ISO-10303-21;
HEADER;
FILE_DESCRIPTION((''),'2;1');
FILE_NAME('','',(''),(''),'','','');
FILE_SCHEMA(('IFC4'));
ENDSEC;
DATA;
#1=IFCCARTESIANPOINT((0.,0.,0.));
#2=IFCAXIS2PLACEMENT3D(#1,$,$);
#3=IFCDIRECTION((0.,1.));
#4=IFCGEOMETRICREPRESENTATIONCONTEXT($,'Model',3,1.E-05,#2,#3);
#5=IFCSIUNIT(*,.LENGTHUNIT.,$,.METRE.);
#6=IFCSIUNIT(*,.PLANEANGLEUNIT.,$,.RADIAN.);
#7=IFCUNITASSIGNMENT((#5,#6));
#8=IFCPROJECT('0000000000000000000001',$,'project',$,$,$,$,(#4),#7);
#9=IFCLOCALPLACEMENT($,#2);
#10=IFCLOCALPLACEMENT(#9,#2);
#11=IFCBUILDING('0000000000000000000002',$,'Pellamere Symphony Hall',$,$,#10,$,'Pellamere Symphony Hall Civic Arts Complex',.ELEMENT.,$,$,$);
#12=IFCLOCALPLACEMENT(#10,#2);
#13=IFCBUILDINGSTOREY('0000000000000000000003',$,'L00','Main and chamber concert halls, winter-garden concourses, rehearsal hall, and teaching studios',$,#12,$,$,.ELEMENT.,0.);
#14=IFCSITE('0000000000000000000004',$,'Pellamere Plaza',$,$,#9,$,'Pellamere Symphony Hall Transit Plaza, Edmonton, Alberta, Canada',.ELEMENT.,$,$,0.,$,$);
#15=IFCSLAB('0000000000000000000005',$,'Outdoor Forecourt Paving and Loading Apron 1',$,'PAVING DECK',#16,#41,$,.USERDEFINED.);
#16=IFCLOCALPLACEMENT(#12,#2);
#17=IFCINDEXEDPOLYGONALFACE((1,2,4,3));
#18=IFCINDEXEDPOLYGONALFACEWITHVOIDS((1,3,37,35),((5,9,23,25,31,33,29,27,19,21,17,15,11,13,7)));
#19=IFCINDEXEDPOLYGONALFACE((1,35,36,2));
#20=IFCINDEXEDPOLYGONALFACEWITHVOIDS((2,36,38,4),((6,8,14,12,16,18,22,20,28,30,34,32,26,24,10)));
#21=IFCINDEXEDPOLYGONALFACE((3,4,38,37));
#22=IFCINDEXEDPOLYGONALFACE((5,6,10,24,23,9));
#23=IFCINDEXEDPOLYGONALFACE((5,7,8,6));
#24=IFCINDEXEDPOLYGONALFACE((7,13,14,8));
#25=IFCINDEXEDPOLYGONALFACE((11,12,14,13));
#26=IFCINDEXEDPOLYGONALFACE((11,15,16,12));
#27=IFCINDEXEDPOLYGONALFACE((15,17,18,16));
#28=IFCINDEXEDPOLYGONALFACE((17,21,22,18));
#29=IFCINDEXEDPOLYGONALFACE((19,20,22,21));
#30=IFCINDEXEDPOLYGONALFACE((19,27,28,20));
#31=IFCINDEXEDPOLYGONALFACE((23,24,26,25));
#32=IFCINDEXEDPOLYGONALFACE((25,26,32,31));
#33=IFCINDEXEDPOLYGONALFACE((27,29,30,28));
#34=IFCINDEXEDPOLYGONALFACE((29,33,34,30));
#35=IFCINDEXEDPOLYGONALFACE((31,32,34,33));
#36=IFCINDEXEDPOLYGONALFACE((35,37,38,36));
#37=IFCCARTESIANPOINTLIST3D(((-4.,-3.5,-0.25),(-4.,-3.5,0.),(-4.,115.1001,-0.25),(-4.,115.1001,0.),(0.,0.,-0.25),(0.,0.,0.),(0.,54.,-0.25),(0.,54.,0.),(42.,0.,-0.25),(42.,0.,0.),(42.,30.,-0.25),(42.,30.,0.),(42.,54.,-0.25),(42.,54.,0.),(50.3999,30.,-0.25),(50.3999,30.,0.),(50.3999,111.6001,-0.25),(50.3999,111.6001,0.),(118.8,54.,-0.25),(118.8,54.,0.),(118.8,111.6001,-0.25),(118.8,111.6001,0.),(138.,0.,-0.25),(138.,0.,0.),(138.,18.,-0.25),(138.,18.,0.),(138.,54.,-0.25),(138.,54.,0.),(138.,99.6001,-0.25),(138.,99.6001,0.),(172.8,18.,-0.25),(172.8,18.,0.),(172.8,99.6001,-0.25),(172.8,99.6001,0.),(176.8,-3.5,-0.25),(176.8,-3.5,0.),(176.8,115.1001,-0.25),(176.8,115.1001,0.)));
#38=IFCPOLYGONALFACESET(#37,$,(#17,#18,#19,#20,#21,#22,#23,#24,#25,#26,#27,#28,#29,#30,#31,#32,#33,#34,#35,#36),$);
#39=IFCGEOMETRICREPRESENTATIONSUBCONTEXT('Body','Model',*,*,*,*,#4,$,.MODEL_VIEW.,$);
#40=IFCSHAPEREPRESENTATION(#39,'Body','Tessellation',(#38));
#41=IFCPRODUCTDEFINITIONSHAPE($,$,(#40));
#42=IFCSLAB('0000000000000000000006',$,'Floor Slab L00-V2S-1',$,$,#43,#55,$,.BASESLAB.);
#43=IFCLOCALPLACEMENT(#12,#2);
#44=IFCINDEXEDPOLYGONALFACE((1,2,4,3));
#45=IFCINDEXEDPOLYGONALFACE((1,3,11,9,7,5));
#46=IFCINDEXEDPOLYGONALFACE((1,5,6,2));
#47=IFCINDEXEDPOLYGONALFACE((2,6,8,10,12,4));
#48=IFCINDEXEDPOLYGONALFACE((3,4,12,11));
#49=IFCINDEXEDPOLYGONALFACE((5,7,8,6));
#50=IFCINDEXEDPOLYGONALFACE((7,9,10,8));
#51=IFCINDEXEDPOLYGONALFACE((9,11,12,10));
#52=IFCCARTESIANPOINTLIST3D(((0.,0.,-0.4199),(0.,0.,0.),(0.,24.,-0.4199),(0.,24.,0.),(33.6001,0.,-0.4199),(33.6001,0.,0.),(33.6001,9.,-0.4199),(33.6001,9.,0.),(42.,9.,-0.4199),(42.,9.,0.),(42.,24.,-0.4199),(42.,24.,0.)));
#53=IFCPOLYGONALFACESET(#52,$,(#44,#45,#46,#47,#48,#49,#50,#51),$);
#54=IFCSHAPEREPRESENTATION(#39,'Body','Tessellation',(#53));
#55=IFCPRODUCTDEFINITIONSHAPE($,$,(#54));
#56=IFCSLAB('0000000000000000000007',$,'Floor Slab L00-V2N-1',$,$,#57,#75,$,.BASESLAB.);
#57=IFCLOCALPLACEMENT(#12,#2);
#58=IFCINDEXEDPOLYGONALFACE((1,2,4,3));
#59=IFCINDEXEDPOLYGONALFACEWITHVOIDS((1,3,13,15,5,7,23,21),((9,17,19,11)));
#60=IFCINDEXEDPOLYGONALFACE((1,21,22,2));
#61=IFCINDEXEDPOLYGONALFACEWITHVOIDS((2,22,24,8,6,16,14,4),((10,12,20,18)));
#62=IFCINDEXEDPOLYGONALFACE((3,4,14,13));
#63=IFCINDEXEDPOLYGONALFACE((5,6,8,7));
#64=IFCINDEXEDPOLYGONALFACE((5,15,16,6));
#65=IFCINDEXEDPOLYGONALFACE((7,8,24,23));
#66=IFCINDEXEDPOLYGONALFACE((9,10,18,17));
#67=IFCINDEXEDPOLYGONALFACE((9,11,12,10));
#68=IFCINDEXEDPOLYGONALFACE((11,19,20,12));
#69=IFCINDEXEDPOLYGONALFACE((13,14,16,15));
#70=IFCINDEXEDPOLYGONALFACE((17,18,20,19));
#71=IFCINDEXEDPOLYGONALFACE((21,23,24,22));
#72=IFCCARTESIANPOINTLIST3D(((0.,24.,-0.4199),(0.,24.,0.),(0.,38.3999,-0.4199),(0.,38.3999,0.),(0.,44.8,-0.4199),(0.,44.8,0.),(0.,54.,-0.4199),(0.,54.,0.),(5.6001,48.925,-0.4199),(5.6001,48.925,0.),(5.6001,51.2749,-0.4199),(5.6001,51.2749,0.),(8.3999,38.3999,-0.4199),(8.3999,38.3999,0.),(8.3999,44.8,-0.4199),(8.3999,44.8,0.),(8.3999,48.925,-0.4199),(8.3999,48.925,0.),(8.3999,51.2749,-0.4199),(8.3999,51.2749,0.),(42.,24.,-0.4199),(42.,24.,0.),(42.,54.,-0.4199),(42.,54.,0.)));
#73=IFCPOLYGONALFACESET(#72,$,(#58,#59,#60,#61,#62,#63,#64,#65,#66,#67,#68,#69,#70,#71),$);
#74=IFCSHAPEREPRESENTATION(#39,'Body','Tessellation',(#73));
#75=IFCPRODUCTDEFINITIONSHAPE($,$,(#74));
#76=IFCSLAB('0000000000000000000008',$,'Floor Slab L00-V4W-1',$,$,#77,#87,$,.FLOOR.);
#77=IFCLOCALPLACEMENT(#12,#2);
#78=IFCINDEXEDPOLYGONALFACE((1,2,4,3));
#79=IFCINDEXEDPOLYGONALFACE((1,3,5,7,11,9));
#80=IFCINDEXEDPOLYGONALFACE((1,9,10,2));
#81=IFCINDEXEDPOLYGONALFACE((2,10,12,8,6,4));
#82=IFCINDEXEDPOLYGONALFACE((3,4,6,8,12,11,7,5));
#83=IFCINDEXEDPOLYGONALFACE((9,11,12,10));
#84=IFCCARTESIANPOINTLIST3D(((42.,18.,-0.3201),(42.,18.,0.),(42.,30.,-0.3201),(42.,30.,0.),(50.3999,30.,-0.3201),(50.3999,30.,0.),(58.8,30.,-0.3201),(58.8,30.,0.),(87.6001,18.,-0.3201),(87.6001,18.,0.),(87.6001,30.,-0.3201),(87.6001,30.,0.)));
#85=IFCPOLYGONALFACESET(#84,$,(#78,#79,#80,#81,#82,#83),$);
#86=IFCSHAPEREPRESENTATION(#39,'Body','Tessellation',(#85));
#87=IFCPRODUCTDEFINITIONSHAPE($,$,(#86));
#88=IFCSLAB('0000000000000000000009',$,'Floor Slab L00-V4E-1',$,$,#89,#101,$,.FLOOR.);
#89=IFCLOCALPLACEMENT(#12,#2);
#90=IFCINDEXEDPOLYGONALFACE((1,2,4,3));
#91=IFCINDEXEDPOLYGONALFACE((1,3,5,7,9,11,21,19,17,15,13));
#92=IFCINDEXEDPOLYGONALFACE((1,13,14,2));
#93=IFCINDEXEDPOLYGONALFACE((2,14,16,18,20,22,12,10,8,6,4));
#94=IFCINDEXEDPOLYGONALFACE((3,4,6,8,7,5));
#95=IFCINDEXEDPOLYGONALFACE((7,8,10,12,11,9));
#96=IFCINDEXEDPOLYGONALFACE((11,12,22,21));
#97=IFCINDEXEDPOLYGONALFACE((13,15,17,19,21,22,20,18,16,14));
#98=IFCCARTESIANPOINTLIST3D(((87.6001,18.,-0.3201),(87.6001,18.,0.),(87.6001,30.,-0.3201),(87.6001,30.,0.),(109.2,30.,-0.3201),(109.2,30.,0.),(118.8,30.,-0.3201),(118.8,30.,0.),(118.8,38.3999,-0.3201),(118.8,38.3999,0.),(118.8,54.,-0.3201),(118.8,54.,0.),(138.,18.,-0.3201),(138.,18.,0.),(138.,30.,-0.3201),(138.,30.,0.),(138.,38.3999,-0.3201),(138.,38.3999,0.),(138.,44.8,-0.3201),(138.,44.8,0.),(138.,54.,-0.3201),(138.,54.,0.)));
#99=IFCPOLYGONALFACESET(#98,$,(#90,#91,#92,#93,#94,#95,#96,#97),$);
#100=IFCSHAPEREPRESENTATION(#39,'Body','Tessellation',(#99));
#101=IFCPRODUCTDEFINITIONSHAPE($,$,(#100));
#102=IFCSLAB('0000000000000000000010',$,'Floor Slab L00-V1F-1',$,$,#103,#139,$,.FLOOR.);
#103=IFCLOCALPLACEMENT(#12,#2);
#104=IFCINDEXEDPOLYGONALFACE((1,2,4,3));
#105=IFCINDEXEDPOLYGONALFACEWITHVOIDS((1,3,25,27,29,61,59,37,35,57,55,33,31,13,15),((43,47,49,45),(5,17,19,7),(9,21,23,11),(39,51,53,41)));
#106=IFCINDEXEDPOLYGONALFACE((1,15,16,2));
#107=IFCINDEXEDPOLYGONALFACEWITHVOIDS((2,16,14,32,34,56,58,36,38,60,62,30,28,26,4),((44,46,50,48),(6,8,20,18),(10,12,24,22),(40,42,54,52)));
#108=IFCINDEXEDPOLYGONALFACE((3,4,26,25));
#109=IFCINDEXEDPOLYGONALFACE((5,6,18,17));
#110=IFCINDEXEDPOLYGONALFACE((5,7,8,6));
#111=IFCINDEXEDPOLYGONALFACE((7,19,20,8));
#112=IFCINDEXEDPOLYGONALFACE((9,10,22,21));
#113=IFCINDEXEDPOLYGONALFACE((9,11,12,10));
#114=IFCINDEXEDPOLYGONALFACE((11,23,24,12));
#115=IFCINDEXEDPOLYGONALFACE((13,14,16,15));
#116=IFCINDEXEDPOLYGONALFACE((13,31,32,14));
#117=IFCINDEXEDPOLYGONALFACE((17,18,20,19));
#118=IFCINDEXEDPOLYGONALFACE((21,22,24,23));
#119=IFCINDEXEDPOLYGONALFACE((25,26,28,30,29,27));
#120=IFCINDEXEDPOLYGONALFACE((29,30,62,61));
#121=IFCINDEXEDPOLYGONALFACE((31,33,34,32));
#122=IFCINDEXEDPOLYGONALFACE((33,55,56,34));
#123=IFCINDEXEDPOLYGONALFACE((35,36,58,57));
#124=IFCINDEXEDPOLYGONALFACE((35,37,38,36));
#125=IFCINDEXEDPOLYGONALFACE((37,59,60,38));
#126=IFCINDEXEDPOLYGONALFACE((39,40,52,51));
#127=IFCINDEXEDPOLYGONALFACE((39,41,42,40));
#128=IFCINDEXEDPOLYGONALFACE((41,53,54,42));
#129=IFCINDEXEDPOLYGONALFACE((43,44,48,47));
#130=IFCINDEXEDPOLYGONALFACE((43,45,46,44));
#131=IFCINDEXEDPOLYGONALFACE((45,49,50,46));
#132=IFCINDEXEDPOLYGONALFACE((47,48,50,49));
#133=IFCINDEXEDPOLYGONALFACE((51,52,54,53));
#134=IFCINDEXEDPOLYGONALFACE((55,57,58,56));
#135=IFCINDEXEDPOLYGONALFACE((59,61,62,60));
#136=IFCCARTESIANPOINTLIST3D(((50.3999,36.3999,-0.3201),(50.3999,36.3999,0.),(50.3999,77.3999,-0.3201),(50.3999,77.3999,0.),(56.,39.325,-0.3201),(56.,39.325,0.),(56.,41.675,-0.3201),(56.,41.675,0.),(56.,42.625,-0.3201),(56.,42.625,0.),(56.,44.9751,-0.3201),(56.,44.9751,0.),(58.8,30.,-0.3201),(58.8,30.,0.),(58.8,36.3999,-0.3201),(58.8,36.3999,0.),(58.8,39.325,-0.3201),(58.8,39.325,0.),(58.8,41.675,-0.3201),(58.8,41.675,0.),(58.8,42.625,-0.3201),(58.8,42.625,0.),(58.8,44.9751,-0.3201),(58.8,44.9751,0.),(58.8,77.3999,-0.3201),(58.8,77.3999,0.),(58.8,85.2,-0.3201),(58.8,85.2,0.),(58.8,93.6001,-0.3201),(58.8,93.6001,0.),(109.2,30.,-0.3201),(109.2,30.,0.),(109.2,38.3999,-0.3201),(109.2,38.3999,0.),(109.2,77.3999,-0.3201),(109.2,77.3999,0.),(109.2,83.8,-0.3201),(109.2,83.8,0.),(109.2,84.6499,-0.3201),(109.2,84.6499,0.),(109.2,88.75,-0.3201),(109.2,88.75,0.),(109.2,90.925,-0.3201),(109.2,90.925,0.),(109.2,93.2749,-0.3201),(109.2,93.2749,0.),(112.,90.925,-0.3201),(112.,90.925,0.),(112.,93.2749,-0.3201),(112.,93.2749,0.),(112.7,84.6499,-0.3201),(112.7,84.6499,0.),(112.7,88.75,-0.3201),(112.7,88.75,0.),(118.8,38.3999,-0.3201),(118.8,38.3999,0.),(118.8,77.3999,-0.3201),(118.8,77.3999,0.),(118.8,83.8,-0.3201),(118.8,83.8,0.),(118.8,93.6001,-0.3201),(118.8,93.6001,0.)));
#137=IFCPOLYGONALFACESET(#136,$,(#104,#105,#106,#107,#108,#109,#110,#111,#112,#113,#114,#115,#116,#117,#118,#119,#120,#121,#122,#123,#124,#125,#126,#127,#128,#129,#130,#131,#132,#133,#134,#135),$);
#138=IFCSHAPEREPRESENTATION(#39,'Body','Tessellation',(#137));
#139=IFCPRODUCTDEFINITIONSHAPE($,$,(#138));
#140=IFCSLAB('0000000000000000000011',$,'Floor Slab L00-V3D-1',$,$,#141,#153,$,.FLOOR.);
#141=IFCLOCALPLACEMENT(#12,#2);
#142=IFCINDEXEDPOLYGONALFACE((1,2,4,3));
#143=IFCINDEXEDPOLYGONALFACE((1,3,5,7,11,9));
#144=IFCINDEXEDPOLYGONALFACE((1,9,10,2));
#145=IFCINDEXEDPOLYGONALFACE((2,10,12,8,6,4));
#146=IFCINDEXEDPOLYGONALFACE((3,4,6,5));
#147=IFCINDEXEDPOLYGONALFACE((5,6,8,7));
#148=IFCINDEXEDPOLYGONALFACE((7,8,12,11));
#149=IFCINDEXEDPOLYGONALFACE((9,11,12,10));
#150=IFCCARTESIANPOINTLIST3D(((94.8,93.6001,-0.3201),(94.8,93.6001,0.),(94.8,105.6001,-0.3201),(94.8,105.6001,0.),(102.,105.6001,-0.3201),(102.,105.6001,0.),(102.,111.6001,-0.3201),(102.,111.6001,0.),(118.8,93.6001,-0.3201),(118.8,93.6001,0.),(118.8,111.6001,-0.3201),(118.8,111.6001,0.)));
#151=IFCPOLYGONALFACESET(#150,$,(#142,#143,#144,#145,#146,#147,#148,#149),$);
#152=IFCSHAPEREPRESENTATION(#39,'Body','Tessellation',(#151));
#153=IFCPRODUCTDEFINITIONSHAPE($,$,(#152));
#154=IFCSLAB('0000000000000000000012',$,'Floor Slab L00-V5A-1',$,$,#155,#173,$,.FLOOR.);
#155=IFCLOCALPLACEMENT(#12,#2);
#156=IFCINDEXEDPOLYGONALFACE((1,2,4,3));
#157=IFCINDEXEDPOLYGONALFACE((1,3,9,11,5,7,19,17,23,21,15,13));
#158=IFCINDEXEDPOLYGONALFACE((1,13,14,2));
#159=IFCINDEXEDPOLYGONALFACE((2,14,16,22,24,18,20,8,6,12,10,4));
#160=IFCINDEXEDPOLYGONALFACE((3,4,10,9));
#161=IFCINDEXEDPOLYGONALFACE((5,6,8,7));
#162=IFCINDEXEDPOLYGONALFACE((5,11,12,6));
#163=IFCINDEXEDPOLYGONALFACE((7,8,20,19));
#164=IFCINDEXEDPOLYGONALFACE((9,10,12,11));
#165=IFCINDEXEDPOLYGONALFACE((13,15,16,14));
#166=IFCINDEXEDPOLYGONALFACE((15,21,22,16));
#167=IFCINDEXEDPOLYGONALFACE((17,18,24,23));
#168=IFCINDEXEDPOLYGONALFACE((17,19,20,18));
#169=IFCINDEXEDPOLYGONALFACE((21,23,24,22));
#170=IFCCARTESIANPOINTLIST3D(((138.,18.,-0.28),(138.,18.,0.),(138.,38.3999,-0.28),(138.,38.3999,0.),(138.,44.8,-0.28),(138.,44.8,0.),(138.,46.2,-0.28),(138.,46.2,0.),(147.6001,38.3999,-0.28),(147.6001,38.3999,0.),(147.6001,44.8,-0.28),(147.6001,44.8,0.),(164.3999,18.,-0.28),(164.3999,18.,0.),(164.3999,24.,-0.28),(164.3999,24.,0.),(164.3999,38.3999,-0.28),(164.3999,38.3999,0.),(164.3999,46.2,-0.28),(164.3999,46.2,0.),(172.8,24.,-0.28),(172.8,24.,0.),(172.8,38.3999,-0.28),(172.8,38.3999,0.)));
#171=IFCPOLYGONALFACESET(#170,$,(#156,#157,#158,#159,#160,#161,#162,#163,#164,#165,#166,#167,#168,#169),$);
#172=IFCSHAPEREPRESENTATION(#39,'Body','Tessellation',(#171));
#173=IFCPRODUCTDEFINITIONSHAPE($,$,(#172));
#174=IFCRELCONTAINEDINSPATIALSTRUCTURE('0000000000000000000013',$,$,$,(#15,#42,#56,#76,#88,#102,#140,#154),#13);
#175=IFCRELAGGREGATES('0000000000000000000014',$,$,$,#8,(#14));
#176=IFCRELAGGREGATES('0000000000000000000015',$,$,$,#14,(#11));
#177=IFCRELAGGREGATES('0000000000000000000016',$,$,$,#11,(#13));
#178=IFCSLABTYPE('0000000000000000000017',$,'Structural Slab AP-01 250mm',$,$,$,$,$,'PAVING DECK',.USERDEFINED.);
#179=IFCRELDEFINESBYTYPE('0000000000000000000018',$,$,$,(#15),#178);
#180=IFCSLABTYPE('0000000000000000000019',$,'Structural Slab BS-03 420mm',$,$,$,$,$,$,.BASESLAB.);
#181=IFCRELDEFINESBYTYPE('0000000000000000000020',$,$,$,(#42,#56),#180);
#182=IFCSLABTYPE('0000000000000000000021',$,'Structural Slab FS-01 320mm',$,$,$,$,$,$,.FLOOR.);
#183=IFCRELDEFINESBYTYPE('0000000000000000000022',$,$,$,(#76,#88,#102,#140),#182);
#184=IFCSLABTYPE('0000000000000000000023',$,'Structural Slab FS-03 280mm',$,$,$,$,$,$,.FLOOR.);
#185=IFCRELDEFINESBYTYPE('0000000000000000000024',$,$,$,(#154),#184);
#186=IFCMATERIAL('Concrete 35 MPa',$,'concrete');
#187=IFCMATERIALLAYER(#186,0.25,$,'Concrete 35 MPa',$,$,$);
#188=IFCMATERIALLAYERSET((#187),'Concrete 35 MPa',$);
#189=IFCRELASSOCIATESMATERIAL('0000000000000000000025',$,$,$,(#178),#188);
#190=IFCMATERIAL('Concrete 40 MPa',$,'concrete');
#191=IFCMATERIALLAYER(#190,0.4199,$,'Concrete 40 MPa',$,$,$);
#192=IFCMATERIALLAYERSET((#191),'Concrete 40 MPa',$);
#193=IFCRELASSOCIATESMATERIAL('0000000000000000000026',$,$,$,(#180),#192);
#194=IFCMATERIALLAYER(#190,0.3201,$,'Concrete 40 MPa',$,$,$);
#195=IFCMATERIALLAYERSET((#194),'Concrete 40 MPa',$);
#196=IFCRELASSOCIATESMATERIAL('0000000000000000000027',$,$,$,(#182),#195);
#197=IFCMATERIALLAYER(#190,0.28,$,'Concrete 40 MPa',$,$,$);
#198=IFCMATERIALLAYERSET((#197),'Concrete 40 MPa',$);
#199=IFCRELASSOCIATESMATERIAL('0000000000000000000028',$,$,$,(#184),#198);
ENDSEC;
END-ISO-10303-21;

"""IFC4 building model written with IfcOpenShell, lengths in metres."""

from ifc_helpers import new_model, si_unit, direction, frame, origin, place, context, subcontext, project, spatial, polyline, outline, extrude, material, layer, layer_set, type_object, element, save


model = new_model("IFC4")

# Units and contexts
model_context = context("Model", 3, precision=1e-05, world=origin(), true_north=direction((0.0, 1.0)))
body_context = subcontext(model_context, "Body", "Model", "MODEL_VIEW")
ifc_project = project(units=[si_unit("LENGTHUNIT", "METRE"), si_unit("PLANEANGLEUNIT", "RADIAN")], contexts=[model_context])

# Site, building, storey
site_placement = place(None, origin())
site = spatial("IfcSite", under=ifc_project, at=site_placement, Name="Pellamere Plaza", LongName="Pellamere Symphony Hall Transit Plaza, Edmonton, Alberta, Canada", CompositionType="ELEMENT", RefElevation=0.0)
building_placement = place(site_placement, origin())
building = spatial("IfcBuilding", under=site, at=building_placement, Name="Pellamere Symphony Hall", LongName="Pellamere Symphony Hall Civic Arts Complex", CompositionType="ELEMENT")
storey_placement = place(building_placement, origin())
storey = spatial("IfcBuildingStorey", under=building, at=storey_placement, Name="L00", Description="Main and chamber concert halls, winter-garden concourses, rehearsal hall, and teaching studios", CompositionType="ELEMENT", Elevation=0.0)

# Shared definitions
ifc_material_1 = material(Name="Concrete 40 MPa", Category="concrete")

# Slabs
ifc_material_2 = material(Name="Concrete 35 MPa", Category="concrete")
ifc_layer_1 = layer(ifc_material_2, 0.25, Name="Concrete 35 MPa")
ifc_layer_set_1 = layer_set([ifc_layer_1], Name="Concrete 35 MPa")
slab_type_1 = type_object("IfcSlabType", Name="Structural Slab AP-01 250mm", ElementType="PAVING DECK", PredefinedType="USERDEFINED", material=ifc_layer_set_1)
slab_1_placement = place(storey_placement, frame((0.0, 0.0, -0.25)))
element("IfcSlab", 1, at=slab_1_placement, inside=storey, type_object=slab_type_1, Name="Outdoor Forecourt Paving and Loading Apron 1", ObjectType="PAVING DECK", PredefinedType="USERDEFINED", context=body_context, shape_type="SweptSolid", body=[
    extrude(outline(polyline([(-4.0, 115.1001), (176.8, 115.1001), (176.8, -3.5), (-4.0, -3.5), (-4.0, 115.1001)]), holes=[polyline([(172.8, 18.0), (172.8, 99.6001), (138.0, 99.6001), (138.0, 54.0), (118.8, 54.0), (118.8, 111.6001), (50.3999, 111.6001), (50.3999, 30.0), (42.0, 30.0), (42.0, 54.0), (0.0, 54.0), (0.0, 0.0), (42.0, 0.0), (138.0, 0.0), (138.0, 18.0), (172.8, 18.0)])]), origin(), (0.0, 0.0, 1.0), 0.25),
])
ifc_layer_2 = layer(ifc_material_1, 0.4199, Name="Concrete 40 MPa")
ifc_layer_set_2 = layer_set([ifc_layer_2], Name="Concrete 40 MPa")
slab_type_2 = type_object("IfcSlabType", Name="Structural Slab BS-03 420mm", PredefinedType="BASESLAB", material=ifc_layer_set_2)
slab_2_placement = place(storey_placement, frame((0.0, 0.0, -0.4199)))
element("IfcSlab", 2, at=slab_2_placement, inside=storey, type_object=slab_type_2, Name="Floor Slab L00-V2S-1", PredefinedType="BASESLAB", context=body_context, shape_type="SweptSolid", body=[
    extrude(outline(polyline([(0.0, 0.0), (0.0, 24.0), (42.0, 24.0), (42.0, 9.0), (33.6001, 9.0), (33.6001, 0.0), (0.0, 0.0)])), origin(), (0.0, 0.0, 1.0), 0.4199),
])
slab_3_placement = place(storey_placement, frame((0.0, 0.0, -0.4199)))
element("IfcSlab", 3, at=slab_3_placement, inside=storey, type_object=slab_type_2, Name="Floor Slab L00-V2N-1", PredefinedType="BASESLAB", context=body_context, shape_type="SweptSolid", body=[
    extrude(outline(polyline([(0.0, 54.0), (42.0, 54.0), (42.0, 24.0), (0.0, 24.0), (0.0, 38.3999), (8.3999, 38.3999), (8.3999, 44.8), (0.0, 44.8), (0.0, 54.0)]), holes=[polyline([(8.3999, 51.2749), (5.6001, 51.2749), (5.6001, 48.925), (8.3999, 48.925), (8.3999, 51.2749)])]), origin(), (0.0, 0.0, 1.0), 0.4199),
])
ifc_layer_3 = layer(ifc_material_1, 0.3201, Name="Concrete 40 MPa")
ifc_layer_set_3 = layer_set([ifc_layer_3], Name="Concrete 40 MPa")
slab_type_3 = type_object("IfcSlabType", Name="Structural Slab FS-01 320mm", PredefinedType="FLOOR", material=ifc_layer_set_3)
slab_4_placement = place(storey_placement, frame((0.0, 0.0, -0.3201)))
element("IfcSlab", 4, at=slab_4_placement, inside=storey, type_object=slab_type_3, Name="Floor Slab L00-V4W-1", PredefinedType="FLOOR", context=body_context, shape_type="SweptSolid", body=[
    extrude(outline(polyline([(87.6001, 30.0), (87.6001, 18.0), (42.0, 18.0), (42.0, 30.0), (50.3999, 30.0), (58.8, 30.0), (87.6001, 30.0)])), origin(), (0.0, 0.0, 1.0), 0.3201),
])
slab_5_placement = place(storey_placement, frame((0.0, 0.0, -0.3201)))
element("IfcSlab", 5, at=slab_5_placement, inside=storey, type_object=slab_type_3, Name="Floor Slab L00-V4E-1", PredefinedType="FLOOR", context=body_context, shape_type="SweptSolid", body=[
    extrude(outline(polyline([(87.6001, 18.0), (87.6001, 30.0), (109.2, 30.0), (118.8, 30.0), (118.8, 38.3999), (118.8, 54.0), (138.0, 54.0), (138.0, 44.8), (138.0, 38.3999), (138.0, 30.0), (138.0, 18.0), (87.6001, 18.0)])), origin(), (0.0, 0.0, 1.0), 0.3201),
])
slab_6_placement = place(storey_placement, frame((0.0, 0.0, -0.3201)))
element("IfcSlab", 6, at=slab_6_placement, inside=storey, type_object=slab_type_3, Name="Floor Slab L00-V1F-1", PredefinedType="FLOOR", context=body_context, shape_type="SweptSolid", body=[
    extrude(outline(polyline([(118.8, 38.3999), (109.2, 38.3999), (109.2, 30.0), (58.8, 30.0), (58.8, 36.3999), (50.3999, 36.3999), (50.3999, 77.3999), (58.8, 77.3999), (58.8, 85.2), (58.8, 93.6001), (118.8, 93.6001), (118.8, 83.8), (109.2, 83.8), (109.2, 77.3999), (118.8, 77.3999), (118.8, 38.3999)]), holes=[polyline([(58.8, 41.675), (56.0, 41.675), (56.0, 39.325), (58.8, 39.325), (58.8, 41.675)]), polyline([(58.8, 42.625), (58.8, 44.9751), (56.0, 44.9751), (56.0, 42.625), (58.8, 42.625)]), polyline([(112.7, 84.6499), (112.7, 88.75), (109.2, 88.75), (109.2, 84.6499), (112.7, 84.6499)]), polyline([(112.0, 90.925), (112.0, 93.2749), (109.2, 93.2749), (109.2, 90.925), (112.0, 90.925)])]), origin(), (0.0, 0.0, 1.0), 0.3201),
])
slab_7_placement = place(storey_placement, frame((0.0, 0.0, -0.3201)))
element("IfcSlab", 7, at=slab_7_placement, inside=storey, type_object=slab_type_3, Name="Floor Slab L00-V3D-1", PredefinedType="FLOOR", context=body_context, shape_type="SweptSolid", body=[
    extrude(outline(polyline([(118.8, 111.6001), (118.8, 93.6001), (94.8, 93.6001), (94.8, 105.6001), (102.0, 105.6001), (102.0, 111.6001), (118.8, 111.6001)])), origin(), (0.0, 0.0, 1.0), 0.3201),
])
ifc_layer_4 = layer(ifc_material_1, 0.28, Name="Concrete 40 MPa")
ifc_layer_set_4 = layer_set([ifc_layer_4], Name="Concrete 40 MPa")
slab_type_4 = type_object("IfcSlabType", Name="Structural Slab FS-03 280mm", PredefinedType="FLOOR", material=ifc_layer_set_4)
slab_8_placement = place(storey_placement, frame((0.0, 0.0, -0.28)))
element("IfcSlab", 8, at=slab_8_placement, inside=storey, type_object=slab_type_4, Name="Floor Slab L00-V5A-1", PredefinedType="FLOOR", context=body_context, shape_type="SweptSolid", body=[
    extrude(outline(polyline([(172.8, 24.0), (164.3999, 24.0), (164.3999, 18.0), (138.0, 18.0), (138.0, 38.3999), (147.6001, 38.3999), (147.6001, 44.8), (138.0, 44.8), (138.0, 46.2), (164.3999, 46.2), (164.3999, 38.3999), (172.8, 38.3999), (172.8, 24.0)])), origin(), (0.0, 0.0, 1.0), 0.28),
])

save(model, "model.ifc")
